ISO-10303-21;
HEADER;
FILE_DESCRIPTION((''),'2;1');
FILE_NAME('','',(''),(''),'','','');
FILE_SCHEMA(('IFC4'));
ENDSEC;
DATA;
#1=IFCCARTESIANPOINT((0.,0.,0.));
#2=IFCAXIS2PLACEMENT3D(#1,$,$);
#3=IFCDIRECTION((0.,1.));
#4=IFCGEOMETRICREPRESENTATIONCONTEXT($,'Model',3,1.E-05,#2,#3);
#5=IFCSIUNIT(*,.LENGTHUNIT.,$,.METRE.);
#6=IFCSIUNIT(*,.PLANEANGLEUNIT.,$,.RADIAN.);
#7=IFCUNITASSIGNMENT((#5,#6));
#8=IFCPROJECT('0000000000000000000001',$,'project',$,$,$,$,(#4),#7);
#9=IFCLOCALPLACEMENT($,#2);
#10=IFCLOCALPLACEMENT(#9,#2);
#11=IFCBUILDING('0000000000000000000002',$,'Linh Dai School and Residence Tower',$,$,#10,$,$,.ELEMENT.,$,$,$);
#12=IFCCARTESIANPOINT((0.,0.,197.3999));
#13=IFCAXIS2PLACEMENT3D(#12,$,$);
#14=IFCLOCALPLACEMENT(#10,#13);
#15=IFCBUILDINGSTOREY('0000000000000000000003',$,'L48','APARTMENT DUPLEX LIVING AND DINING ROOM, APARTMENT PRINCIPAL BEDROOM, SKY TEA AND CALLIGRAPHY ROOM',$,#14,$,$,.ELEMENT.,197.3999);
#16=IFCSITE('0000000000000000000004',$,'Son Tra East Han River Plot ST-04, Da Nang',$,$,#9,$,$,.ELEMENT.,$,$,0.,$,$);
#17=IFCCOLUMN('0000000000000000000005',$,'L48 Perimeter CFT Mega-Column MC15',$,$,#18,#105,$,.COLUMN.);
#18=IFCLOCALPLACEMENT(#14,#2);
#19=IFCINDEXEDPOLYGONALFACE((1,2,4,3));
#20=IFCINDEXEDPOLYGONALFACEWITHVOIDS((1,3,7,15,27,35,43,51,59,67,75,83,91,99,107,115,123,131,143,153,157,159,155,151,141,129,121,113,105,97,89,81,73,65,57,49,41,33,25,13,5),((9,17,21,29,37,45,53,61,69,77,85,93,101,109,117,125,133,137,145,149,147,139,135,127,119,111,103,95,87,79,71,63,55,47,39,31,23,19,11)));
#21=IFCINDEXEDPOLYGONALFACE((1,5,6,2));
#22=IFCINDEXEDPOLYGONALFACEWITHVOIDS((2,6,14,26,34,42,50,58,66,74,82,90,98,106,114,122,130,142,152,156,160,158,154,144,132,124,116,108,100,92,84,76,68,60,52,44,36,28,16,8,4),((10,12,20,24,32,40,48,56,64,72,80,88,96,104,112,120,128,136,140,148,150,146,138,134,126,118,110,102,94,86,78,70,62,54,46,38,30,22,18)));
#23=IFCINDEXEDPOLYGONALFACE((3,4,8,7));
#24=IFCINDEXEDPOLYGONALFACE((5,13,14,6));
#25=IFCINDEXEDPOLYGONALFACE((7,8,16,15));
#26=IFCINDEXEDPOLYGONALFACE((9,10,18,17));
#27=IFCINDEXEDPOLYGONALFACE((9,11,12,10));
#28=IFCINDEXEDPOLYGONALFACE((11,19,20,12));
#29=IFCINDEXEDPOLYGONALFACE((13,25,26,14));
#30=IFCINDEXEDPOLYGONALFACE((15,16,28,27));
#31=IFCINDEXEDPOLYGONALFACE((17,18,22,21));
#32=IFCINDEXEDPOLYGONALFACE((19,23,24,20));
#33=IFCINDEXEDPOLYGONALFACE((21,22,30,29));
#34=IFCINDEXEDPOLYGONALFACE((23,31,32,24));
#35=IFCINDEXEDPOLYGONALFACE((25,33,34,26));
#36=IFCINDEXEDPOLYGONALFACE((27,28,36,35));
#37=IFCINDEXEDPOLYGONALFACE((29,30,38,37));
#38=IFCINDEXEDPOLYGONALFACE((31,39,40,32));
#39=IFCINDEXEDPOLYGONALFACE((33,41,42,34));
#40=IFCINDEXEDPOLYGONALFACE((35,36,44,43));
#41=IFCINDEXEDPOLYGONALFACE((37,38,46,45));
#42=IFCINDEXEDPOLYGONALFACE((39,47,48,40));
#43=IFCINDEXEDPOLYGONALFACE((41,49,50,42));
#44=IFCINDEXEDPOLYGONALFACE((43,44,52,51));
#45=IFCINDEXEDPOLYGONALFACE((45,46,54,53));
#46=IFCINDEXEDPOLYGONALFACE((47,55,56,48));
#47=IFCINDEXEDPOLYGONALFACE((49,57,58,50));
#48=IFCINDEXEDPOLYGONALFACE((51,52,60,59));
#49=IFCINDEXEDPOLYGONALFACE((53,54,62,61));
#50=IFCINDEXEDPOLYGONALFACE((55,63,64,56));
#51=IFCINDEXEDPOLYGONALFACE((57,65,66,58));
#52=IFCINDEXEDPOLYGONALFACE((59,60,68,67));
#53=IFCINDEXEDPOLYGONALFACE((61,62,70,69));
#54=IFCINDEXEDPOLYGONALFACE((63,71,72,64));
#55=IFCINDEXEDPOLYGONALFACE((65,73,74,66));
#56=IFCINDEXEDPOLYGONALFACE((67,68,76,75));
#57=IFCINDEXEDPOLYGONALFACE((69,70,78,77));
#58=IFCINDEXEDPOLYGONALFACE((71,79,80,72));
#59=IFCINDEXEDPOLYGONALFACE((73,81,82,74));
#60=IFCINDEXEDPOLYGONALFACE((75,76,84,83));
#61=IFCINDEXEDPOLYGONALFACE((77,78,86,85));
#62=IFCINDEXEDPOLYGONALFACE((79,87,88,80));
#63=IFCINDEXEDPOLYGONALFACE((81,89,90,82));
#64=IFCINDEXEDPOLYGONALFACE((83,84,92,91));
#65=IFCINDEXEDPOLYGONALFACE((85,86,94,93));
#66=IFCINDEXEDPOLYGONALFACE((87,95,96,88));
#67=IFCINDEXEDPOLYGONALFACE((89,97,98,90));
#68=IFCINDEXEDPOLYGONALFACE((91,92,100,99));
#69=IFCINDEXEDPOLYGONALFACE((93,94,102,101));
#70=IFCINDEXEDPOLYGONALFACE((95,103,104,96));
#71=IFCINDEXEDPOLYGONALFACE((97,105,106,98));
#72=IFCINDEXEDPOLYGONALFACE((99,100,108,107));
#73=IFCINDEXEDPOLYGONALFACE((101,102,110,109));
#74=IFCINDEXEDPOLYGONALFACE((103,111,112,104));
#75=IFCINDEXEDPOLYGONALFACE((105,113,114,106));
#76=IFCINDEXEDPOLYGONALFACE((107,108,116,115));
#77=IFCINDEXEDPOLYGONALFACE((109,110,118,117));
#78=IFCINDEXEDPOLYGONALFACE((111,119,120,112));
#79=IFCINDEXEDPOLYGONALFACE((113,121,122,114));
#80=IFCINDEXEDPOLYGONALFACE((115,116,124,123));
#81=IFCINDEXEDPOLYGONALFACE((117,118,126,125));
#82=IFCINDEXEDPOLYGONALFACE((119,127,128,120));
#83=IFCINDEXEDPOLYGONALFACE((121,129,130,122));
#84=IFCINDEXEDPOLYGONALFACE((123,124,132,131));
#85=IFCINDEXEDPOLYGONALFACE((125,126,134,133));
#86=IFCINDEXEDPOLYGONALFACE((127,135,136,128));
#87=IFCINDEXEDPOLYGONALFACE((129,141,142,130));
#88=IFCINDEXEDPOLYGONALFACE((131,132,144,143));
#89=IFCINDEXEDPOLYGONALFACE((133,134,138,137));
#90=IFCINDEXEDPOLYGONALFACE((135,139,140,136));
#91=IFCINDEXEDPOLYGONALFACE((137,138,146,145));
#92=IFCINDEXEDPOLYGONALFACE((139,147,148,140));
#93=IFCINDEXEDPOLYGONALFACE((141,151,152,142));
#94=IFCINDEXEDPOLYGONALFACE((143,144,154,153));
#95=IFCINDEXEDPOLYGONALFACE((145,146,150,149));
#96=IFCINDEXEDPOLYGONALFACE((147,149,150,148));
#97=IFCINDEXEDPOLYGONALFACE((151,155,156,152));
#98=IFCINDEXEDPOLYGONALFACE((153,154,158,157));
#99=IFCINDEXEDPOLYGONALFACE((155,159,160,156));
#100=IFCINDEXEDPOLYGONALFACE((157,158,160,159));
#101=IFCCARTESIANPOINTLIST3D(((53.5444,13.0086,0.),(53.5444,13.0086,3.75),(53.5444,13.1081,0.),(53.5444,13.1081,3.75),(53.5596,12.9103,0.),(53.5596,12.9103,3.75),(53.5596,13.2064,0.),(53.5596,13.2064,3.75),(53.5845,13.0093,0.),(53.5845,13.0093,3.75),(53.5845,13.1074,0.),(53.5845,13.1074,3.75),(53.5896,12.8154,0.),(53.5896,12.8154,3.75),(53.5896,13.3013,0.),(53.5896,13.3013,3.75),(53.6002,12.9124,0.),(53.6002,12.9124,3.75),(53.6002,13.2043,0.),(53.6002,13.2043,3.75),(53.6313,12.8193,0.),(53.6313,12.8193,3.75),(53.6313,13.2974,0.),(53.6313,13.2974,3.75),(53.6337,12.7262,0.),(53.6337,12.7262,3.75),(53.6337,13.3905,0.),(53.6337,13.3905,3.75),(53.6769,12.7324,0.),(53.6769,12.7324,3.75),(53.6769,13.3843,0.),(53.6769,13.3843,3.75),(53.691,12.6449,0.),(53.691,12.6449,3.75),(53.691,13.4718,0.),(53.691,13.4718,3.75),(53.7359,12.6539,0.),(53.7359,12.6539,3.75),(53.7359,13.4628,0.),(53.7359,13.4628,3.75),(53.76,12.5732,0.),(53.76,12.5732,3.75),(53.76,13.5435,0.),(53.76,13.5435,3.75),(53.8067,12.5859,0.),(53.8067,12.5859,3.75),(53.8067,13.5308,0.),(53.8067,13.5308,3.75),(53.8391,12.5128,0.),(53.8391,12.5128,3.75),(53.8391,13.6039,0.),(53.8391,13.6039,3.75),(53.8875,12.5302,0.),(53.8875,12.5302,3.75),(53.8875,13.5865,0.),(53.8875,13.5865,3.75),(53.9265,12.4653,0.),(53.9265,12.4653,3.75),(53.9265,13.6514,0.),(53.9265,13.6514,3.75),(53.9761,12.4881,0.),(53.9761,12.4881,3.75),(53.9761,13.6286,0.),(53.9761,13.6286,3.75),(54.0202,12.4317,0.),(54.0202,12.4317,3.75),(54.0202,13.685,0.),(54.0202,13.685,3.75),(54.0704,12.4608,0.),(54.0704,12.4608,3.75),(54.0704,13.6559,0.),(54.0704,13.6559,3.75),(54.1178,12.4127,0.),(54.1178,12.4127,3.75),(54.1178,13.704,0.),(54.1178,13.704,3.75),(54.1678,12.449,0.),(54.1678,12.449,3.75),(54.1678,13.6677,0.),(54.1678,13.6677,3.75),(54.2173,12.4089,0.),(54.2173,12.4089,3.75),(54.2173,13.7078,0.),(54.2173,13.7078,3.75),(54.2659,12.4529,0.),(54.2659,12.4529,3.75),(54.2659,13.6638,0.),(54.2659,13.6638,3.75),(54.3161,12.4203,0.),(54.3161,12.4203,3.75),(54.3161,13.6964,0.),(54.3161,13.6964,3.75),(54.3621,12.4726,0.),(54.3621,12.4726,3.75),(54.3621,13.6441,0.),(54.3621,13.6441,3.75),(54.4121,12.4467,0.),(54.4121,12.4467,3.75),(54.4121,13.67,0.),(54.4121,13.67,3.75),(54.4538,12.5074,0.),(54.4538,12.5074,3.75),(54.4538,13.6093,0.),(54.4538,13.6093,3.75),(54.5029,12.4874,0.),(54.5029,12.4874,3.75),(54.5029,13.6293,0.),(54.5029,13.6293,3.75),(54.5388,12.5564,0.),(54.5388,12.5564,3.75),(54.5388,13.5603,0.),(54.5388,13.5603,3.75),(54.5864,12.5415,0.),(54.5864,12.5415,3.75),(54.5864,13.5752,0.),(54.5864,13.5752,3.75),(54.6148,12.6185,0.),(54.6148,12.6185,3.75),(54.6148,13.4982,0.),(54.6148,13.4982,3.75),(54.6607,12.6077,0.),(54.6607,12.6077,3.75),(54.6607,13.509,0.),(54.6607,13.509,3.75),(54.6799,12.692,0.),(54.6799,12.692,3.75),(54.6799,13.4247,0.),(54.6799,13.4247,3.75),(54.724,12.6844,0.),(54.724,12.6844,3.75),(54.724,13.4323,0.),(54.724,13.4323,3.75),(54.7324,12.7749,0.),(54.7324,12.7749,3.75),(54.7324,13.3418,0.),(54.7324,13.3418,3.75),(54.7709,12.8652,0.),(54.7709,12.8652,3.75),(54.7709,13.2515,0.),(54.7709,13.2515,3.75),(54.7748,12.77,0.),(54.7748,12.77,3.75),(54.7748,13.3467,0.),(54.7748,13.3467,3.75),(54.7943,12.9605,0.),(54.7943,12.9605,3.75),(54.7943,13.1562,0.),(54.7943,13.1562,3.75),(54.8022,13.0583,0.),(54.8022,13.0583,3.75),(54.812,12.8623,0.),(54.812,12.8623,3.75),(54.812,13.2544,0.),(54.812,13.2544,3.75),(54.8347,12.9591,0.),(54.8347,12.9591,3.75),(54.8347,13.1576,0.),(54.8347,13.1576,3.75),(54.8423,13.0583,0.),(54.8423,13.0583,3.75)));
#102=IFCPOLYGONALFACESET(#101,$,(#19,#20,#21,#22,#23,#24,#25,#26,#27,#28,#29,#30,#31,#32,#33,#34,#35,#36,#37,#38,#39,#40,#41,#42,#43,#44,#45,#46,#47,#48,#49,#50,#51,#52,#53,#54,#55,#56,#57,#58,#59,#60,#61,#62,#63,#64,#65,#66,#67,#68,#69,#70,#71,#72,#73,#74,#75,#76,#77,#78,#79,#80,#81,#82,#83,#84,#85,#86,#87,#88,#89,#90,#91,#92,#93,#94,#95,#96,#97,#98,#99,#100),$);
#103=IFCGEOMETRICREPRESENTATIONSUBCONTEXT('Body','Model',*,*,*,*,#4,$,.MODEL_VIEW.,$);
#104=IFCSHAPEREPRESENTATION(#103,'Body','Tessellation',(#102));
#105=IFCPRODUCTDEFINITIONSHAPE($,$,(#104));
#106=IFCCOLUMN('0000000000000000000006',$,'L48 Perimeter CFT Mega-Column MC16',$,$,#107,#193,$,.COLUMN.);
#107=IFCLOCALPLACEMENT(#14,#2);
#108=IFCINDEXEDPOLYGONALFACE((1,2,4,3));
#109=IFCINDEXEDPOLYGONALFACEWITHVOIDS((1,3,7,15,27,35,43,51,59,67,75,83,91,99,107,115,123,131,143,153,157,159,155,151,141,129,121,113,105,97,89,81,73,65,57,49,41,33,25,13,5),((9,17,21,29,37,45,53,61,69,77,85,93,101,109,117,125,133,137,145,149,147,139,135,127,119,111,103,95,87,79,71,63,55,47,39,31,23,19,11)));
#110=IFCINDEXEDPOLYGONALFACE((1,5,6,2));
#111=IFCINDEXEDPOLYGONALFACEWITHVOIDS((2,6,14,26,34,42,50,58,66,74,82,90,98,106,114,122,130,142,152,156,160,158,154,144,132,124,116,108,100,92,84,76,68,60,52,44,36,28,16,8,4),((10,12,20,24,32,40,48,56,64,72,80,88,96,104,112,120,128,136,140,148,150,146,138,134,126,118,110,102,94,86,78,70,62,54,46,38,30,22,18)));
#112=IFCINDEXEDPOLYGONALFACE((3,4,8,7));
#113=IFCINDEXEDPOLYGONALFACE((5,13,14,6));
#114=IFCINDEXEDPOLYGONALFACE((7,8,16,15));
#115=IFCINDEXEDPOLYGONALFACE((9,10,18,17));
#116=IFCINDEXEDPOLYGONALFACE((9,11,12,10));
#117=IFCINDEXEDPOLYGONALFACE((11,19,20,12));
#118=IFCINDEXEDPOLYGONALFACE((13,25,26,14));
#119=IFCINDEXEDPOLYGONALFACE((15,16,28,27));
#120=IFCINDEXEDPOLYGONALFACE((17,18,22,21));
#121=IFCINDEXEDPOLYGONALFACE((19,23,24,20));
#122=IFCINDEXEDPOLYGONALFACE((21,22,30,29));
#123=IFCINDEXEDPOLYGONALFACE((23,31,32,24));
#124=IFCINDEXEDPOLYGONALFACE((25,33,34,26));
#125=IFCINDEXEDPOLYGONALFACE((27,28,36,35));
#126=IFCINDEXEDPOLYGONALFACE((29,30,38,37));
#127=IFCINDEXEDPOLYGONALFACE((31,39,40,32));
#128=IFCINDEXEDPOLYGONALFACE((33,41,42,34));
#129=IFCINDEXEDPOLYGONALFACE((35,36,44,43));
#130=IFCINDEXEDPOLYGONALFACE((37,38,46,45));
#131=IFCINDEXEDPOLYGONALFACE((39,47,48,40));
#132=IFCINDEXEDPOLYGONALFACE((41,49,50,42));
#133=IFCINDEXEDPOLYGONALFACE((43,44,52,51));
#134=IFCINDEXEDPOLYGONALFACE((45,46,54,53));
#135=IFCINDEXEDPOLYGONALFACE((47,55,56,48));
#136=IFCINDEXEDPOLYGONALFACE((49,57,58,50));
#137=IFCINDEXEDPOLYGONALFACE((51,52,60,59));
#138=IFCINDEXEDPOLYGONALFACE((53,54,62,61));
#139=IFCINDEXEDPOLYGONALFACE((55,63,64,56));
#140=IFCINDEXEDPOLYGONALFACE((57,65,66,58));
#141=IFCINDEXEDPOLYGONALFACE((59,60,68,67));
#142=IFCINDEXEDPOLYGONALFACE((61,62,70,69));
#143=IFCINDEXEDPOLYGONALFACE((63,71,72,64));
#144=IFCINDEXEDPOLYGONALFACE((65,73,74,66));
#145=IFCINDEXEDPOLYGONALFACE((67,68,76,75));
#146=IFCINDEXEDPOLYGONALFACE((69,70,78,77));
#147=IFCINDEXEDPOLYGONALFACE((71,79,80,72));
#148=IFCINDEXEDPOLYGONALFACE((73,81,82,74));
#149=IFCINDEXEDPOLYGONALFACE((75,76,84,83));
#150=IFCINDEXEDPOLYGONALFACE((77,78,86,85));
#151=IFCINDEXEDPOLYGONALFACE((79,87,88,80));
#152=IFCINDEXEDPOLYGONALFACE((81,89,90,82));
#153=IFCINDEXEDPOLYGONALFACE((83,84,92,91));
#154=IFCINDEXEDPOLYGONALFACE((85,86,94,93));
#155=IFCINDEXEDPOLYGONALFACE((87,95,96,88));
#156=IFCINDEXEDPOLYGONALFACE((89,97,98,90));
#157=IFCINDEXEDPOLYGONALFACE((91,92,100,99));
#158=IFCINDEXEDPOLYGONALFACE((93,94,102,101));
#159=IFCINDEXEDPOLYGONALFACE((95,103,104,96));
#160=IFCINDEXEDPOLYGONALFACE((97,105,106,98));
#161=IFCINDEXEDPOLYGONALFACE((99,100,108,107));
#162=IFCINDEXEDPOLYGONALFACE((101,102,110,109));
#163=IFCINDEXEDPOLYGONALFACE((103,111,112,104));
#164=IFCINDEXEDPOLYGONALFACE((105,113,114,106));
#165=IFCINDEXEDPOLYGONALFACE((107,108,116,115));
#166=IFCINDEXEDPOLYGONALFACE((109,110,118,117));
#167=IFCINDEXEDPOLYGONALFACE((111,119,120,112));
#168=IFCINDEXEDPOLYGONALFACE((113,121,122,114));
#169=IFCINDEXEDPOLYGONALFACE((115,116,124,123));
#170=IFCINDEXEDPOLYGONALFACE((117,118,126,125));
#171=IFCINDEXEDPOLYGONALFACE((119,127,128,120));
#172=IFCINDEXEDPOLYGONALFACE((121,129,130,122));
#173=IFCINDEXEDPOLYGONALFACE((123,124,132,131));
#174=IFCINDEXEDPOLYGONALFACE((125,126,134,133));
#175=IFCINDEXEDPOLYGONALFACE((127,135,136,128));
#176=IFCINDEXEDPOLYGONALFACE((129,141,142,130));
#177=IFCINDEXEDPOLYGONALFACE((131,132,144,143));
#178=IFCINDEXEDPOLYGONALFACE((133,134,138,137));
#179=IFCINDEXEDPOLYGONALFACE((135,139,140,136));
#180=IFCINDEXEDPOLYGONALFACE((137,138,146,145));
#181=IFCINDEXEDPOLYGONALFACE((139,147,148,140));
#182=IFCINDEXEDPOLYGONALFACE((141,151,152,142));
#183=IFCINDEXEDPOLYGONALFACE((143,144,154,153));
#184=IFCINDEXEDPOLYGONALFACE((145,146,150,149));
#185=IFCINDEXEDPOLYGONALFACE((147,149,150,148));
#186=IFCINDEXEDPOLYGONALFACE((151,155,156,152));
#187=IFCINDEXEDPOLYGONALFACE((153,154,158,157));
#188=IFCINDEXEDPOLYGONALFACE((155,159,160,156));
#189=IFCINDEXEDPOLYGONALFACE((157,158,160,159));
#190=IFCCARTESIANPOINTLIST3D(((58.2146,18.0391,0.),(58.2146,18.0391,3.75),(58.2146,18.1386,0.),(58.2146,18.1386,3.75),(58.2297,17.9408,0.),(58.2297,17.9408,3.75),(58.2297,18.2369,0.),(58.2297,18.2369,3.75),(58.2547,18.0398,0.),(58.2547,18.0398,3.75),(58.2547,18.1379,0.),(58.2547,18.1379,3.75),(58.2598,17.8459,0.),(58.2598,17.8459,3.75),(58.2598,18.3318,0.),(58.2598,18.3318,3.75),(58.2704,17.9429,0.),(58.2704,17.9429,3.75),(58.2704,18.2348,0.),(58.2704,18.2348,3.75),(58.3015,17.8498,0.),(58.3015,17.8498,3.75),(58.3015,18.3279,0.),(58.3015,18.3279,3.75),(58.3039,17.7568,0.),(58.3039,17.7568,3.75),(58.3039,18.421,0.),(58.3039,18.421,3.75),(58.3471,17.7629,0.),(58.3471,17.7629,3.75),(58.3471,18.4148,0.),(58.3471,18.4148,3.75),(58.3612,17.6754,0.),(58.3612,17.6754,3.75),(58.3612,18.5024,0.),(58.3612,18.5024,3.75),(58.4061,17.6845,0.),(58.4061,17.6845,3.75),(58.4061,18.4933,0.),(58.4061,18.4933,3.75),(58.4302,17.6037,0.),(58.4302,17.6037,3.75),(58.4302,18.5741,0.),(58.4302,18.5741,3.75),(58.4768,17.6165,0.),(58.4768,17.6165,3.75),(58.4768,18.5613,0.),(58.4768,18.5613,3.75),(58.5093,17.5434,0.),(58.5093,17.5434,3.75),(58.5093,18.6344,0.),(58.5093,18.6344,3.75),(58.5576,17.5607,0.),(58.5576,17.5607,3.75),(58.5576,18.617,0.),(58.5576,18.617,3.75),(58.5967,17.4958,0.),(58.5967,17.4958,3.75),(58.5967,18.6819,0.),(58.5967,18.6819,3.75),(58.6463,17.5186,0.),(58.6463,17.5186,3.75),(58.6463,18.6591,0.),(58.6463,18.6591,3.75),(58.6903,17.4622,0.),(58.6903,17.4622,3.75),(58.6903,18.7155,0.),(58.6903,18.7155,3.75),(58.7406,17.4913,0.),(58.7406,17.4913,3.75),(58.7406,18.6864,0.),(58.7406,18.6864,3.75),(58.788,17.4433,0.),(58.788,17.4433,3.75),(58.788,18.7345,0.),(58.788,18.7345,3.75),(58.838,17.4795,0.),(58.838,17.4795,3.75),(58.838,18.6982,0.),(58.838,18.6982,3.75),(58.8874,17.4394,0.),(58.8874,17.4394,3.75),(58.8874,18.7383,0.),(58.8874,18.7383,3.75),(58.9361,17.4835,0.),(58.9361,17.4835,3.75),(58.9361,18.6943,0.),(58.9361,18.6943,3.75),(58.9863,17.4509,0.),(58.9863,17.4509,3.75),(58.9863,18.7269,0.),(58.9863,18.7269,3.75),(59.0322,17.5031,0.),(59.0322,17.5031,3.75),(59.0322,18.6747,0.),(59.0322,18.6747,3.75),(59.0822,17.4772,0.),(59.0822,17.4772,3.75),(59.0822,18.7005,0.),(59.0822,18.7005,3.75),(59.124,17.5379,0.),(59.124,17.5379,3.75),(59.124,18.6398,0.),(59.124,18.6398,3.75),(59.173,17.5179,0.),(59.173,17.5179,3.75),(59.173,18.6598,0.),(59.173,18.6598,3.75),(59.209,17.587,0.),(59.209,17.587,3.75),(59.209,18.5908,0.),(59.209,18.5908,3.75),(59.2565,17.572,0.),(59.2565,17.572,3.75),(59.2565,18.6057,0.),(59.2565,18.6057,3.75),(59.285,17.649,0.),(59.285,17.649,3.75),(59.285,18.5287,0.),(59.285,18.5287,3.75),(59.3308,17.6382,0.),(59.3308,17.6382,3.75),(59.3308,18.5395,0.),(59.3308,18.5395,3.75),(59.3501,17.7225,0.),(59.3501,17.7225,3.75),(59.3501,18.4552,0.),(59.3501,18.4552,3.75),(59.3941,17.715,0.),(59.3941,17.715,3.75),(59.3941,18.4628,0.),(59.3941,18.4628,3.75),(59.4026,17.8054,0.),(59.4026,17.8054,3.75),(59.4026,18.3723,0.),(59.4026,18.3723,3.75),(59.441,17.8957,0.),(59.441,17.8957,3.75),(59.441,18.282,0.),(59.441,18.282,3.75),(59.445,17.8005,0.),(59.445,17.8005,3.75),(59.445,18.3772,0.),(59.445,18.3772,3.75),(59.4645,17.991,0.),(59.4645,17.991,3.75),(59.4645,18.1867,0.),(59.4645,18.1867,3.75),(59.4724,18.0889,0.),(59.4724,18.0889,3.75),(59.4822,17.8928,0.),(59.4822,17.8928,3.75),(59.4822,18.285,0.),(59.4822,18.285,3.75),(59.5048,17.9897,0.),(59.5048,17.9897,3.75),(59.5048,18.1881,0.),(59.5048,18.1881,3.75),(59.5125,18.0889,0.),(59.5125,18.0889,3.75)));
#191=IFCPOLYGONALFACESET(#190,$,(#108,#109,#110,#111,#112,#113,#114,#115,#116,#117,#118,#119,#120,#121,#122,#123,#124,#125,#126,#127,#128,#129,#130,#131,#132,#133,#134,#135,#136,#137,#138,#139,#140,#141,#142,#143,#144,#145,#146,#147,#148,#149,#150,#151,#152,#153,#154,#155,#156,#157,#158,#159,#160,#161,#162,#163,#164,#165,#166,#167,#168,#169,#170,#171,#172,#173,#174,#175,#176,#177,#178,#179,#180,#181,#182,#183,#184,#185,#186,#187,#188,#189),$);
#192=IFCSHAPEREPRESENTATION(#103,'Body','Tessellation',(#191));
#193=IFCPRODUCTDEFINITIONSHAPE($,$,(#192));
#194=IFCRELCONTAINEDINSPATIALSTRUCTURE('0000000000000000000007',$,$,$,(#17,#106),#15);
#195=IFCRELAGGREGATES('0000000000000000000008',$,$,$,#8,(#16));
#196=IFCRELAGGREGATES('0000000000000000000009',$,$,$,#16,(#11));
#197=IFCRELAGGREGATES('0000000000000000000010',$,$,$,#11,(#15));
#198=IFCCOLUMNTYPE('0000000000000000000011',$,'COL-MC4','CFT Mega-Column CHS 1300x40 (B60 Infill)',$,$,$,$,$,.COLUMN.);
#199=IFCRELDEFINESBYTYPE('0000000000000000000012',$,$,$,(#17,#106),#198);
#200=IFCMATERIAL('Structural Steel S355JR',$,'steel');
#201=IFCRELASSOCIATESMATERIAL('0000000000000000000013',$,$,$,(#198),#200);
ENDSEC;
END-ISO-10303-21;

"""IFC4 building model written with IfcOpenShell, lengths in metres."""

from ifc_helpers import new_model, si_unit, direction, frame, origin, origin_2d, place, context, subcontext, project, spatial, hollow_circle, extrude, material, material_profile, profile_set, type_object, element, save


model = new_model("IFC4")

# Units and contexts
model_context = context("Model", 3, precision=1e-05, world=origin(), true_north=direction((0.0, 1.0)))
body_context = subcontext(model_context, "Body", "Model", "MODEL_VIEW")
ifc_project = project(units=[si_unit("LENGTHUNIT", "METRE"), si_unit("PLANEANGLEUNIT", "RADIAN")], contexts=[model_context])

# Site, building, storey
site_placement = place(None, origin())
site = spatial("IfcSite", under=ifc_project, at=site_placement, Name="Son Tra East Han River Plot ST-04, Da Nang", CompositionType="ELEMENT", RefElevation=0.0)
building_placement = place(site_placement, origin())
building = spatial("IfcBuilding", under=site, at=building_placement, Name="Linh Dai School and Residence Tower", CompositionType="ELEMENT")
storey_placement = place(building_placement, frame((0.0, 0.0, 197.3999)))
storey = spatial("IfcBuildingStorey", under=building, at=storey_placement, Name="L48", Description="APARTMENT DUPLEX LIVING AND DINING ROOM, APARTMENT PRINCIPAL BEDROOM, SKY TEA AND CALLIGRAPHY ROOM", CompositionType="ELEMENT", Elevation=197.3999)

# Columns
ifc_material_1 = material(Name="Structural Steel S355JR", Category="steel")
ifc_material_profile_1 = material_profile(ifc_material_1, hollow_circle(Radius=0.6499, WallThickness=0.04, at=origin_2d()), Name="CHS 1300x40")
ifc_profile_set_1 = profile_set([ifc_material_profile_1], Name="Structural Steel S355JR")
column_type = type_object("IfcColumnType", Name="COL-MC4", Description="CFT Mega-Column CHS 1300x40 (B60 Infill)", PredefinedType="COLUMN", material=ifc_profile_set_1)
for number, where, z_axis, x_axis, name in (
    (1, (54.1924, 13.0583, 0.0), (0.0, 0.0, 1.0), (1.0, 0.0, 0.0), "L48 Perimeter CFT Mega-Column MC15"),
    (2, (58.8625, 18.0889, 0.0), (0.0, 0.0, 1.0), (1.0, 0.0, 0.0), "L48 Perimeter CFT Mega-Column MC16"),
):
    element("IfcColumn", number, at=place(storey_placement, frame(where, z_axis=z_axis, x_axis=x_axis)), inside=storey, type_object=column_type, Name=name, PredefinedType="COLUMN", context=body_context, shape_type="SweptSolid", body=[
        extrude(hollow_circle(Radius=0.6499, WallThickness=0.04, at=origin_2d()), origin(), (0.0, 0.0, 1.0), 3.75),
    ])

save(model, "model.ifc")
